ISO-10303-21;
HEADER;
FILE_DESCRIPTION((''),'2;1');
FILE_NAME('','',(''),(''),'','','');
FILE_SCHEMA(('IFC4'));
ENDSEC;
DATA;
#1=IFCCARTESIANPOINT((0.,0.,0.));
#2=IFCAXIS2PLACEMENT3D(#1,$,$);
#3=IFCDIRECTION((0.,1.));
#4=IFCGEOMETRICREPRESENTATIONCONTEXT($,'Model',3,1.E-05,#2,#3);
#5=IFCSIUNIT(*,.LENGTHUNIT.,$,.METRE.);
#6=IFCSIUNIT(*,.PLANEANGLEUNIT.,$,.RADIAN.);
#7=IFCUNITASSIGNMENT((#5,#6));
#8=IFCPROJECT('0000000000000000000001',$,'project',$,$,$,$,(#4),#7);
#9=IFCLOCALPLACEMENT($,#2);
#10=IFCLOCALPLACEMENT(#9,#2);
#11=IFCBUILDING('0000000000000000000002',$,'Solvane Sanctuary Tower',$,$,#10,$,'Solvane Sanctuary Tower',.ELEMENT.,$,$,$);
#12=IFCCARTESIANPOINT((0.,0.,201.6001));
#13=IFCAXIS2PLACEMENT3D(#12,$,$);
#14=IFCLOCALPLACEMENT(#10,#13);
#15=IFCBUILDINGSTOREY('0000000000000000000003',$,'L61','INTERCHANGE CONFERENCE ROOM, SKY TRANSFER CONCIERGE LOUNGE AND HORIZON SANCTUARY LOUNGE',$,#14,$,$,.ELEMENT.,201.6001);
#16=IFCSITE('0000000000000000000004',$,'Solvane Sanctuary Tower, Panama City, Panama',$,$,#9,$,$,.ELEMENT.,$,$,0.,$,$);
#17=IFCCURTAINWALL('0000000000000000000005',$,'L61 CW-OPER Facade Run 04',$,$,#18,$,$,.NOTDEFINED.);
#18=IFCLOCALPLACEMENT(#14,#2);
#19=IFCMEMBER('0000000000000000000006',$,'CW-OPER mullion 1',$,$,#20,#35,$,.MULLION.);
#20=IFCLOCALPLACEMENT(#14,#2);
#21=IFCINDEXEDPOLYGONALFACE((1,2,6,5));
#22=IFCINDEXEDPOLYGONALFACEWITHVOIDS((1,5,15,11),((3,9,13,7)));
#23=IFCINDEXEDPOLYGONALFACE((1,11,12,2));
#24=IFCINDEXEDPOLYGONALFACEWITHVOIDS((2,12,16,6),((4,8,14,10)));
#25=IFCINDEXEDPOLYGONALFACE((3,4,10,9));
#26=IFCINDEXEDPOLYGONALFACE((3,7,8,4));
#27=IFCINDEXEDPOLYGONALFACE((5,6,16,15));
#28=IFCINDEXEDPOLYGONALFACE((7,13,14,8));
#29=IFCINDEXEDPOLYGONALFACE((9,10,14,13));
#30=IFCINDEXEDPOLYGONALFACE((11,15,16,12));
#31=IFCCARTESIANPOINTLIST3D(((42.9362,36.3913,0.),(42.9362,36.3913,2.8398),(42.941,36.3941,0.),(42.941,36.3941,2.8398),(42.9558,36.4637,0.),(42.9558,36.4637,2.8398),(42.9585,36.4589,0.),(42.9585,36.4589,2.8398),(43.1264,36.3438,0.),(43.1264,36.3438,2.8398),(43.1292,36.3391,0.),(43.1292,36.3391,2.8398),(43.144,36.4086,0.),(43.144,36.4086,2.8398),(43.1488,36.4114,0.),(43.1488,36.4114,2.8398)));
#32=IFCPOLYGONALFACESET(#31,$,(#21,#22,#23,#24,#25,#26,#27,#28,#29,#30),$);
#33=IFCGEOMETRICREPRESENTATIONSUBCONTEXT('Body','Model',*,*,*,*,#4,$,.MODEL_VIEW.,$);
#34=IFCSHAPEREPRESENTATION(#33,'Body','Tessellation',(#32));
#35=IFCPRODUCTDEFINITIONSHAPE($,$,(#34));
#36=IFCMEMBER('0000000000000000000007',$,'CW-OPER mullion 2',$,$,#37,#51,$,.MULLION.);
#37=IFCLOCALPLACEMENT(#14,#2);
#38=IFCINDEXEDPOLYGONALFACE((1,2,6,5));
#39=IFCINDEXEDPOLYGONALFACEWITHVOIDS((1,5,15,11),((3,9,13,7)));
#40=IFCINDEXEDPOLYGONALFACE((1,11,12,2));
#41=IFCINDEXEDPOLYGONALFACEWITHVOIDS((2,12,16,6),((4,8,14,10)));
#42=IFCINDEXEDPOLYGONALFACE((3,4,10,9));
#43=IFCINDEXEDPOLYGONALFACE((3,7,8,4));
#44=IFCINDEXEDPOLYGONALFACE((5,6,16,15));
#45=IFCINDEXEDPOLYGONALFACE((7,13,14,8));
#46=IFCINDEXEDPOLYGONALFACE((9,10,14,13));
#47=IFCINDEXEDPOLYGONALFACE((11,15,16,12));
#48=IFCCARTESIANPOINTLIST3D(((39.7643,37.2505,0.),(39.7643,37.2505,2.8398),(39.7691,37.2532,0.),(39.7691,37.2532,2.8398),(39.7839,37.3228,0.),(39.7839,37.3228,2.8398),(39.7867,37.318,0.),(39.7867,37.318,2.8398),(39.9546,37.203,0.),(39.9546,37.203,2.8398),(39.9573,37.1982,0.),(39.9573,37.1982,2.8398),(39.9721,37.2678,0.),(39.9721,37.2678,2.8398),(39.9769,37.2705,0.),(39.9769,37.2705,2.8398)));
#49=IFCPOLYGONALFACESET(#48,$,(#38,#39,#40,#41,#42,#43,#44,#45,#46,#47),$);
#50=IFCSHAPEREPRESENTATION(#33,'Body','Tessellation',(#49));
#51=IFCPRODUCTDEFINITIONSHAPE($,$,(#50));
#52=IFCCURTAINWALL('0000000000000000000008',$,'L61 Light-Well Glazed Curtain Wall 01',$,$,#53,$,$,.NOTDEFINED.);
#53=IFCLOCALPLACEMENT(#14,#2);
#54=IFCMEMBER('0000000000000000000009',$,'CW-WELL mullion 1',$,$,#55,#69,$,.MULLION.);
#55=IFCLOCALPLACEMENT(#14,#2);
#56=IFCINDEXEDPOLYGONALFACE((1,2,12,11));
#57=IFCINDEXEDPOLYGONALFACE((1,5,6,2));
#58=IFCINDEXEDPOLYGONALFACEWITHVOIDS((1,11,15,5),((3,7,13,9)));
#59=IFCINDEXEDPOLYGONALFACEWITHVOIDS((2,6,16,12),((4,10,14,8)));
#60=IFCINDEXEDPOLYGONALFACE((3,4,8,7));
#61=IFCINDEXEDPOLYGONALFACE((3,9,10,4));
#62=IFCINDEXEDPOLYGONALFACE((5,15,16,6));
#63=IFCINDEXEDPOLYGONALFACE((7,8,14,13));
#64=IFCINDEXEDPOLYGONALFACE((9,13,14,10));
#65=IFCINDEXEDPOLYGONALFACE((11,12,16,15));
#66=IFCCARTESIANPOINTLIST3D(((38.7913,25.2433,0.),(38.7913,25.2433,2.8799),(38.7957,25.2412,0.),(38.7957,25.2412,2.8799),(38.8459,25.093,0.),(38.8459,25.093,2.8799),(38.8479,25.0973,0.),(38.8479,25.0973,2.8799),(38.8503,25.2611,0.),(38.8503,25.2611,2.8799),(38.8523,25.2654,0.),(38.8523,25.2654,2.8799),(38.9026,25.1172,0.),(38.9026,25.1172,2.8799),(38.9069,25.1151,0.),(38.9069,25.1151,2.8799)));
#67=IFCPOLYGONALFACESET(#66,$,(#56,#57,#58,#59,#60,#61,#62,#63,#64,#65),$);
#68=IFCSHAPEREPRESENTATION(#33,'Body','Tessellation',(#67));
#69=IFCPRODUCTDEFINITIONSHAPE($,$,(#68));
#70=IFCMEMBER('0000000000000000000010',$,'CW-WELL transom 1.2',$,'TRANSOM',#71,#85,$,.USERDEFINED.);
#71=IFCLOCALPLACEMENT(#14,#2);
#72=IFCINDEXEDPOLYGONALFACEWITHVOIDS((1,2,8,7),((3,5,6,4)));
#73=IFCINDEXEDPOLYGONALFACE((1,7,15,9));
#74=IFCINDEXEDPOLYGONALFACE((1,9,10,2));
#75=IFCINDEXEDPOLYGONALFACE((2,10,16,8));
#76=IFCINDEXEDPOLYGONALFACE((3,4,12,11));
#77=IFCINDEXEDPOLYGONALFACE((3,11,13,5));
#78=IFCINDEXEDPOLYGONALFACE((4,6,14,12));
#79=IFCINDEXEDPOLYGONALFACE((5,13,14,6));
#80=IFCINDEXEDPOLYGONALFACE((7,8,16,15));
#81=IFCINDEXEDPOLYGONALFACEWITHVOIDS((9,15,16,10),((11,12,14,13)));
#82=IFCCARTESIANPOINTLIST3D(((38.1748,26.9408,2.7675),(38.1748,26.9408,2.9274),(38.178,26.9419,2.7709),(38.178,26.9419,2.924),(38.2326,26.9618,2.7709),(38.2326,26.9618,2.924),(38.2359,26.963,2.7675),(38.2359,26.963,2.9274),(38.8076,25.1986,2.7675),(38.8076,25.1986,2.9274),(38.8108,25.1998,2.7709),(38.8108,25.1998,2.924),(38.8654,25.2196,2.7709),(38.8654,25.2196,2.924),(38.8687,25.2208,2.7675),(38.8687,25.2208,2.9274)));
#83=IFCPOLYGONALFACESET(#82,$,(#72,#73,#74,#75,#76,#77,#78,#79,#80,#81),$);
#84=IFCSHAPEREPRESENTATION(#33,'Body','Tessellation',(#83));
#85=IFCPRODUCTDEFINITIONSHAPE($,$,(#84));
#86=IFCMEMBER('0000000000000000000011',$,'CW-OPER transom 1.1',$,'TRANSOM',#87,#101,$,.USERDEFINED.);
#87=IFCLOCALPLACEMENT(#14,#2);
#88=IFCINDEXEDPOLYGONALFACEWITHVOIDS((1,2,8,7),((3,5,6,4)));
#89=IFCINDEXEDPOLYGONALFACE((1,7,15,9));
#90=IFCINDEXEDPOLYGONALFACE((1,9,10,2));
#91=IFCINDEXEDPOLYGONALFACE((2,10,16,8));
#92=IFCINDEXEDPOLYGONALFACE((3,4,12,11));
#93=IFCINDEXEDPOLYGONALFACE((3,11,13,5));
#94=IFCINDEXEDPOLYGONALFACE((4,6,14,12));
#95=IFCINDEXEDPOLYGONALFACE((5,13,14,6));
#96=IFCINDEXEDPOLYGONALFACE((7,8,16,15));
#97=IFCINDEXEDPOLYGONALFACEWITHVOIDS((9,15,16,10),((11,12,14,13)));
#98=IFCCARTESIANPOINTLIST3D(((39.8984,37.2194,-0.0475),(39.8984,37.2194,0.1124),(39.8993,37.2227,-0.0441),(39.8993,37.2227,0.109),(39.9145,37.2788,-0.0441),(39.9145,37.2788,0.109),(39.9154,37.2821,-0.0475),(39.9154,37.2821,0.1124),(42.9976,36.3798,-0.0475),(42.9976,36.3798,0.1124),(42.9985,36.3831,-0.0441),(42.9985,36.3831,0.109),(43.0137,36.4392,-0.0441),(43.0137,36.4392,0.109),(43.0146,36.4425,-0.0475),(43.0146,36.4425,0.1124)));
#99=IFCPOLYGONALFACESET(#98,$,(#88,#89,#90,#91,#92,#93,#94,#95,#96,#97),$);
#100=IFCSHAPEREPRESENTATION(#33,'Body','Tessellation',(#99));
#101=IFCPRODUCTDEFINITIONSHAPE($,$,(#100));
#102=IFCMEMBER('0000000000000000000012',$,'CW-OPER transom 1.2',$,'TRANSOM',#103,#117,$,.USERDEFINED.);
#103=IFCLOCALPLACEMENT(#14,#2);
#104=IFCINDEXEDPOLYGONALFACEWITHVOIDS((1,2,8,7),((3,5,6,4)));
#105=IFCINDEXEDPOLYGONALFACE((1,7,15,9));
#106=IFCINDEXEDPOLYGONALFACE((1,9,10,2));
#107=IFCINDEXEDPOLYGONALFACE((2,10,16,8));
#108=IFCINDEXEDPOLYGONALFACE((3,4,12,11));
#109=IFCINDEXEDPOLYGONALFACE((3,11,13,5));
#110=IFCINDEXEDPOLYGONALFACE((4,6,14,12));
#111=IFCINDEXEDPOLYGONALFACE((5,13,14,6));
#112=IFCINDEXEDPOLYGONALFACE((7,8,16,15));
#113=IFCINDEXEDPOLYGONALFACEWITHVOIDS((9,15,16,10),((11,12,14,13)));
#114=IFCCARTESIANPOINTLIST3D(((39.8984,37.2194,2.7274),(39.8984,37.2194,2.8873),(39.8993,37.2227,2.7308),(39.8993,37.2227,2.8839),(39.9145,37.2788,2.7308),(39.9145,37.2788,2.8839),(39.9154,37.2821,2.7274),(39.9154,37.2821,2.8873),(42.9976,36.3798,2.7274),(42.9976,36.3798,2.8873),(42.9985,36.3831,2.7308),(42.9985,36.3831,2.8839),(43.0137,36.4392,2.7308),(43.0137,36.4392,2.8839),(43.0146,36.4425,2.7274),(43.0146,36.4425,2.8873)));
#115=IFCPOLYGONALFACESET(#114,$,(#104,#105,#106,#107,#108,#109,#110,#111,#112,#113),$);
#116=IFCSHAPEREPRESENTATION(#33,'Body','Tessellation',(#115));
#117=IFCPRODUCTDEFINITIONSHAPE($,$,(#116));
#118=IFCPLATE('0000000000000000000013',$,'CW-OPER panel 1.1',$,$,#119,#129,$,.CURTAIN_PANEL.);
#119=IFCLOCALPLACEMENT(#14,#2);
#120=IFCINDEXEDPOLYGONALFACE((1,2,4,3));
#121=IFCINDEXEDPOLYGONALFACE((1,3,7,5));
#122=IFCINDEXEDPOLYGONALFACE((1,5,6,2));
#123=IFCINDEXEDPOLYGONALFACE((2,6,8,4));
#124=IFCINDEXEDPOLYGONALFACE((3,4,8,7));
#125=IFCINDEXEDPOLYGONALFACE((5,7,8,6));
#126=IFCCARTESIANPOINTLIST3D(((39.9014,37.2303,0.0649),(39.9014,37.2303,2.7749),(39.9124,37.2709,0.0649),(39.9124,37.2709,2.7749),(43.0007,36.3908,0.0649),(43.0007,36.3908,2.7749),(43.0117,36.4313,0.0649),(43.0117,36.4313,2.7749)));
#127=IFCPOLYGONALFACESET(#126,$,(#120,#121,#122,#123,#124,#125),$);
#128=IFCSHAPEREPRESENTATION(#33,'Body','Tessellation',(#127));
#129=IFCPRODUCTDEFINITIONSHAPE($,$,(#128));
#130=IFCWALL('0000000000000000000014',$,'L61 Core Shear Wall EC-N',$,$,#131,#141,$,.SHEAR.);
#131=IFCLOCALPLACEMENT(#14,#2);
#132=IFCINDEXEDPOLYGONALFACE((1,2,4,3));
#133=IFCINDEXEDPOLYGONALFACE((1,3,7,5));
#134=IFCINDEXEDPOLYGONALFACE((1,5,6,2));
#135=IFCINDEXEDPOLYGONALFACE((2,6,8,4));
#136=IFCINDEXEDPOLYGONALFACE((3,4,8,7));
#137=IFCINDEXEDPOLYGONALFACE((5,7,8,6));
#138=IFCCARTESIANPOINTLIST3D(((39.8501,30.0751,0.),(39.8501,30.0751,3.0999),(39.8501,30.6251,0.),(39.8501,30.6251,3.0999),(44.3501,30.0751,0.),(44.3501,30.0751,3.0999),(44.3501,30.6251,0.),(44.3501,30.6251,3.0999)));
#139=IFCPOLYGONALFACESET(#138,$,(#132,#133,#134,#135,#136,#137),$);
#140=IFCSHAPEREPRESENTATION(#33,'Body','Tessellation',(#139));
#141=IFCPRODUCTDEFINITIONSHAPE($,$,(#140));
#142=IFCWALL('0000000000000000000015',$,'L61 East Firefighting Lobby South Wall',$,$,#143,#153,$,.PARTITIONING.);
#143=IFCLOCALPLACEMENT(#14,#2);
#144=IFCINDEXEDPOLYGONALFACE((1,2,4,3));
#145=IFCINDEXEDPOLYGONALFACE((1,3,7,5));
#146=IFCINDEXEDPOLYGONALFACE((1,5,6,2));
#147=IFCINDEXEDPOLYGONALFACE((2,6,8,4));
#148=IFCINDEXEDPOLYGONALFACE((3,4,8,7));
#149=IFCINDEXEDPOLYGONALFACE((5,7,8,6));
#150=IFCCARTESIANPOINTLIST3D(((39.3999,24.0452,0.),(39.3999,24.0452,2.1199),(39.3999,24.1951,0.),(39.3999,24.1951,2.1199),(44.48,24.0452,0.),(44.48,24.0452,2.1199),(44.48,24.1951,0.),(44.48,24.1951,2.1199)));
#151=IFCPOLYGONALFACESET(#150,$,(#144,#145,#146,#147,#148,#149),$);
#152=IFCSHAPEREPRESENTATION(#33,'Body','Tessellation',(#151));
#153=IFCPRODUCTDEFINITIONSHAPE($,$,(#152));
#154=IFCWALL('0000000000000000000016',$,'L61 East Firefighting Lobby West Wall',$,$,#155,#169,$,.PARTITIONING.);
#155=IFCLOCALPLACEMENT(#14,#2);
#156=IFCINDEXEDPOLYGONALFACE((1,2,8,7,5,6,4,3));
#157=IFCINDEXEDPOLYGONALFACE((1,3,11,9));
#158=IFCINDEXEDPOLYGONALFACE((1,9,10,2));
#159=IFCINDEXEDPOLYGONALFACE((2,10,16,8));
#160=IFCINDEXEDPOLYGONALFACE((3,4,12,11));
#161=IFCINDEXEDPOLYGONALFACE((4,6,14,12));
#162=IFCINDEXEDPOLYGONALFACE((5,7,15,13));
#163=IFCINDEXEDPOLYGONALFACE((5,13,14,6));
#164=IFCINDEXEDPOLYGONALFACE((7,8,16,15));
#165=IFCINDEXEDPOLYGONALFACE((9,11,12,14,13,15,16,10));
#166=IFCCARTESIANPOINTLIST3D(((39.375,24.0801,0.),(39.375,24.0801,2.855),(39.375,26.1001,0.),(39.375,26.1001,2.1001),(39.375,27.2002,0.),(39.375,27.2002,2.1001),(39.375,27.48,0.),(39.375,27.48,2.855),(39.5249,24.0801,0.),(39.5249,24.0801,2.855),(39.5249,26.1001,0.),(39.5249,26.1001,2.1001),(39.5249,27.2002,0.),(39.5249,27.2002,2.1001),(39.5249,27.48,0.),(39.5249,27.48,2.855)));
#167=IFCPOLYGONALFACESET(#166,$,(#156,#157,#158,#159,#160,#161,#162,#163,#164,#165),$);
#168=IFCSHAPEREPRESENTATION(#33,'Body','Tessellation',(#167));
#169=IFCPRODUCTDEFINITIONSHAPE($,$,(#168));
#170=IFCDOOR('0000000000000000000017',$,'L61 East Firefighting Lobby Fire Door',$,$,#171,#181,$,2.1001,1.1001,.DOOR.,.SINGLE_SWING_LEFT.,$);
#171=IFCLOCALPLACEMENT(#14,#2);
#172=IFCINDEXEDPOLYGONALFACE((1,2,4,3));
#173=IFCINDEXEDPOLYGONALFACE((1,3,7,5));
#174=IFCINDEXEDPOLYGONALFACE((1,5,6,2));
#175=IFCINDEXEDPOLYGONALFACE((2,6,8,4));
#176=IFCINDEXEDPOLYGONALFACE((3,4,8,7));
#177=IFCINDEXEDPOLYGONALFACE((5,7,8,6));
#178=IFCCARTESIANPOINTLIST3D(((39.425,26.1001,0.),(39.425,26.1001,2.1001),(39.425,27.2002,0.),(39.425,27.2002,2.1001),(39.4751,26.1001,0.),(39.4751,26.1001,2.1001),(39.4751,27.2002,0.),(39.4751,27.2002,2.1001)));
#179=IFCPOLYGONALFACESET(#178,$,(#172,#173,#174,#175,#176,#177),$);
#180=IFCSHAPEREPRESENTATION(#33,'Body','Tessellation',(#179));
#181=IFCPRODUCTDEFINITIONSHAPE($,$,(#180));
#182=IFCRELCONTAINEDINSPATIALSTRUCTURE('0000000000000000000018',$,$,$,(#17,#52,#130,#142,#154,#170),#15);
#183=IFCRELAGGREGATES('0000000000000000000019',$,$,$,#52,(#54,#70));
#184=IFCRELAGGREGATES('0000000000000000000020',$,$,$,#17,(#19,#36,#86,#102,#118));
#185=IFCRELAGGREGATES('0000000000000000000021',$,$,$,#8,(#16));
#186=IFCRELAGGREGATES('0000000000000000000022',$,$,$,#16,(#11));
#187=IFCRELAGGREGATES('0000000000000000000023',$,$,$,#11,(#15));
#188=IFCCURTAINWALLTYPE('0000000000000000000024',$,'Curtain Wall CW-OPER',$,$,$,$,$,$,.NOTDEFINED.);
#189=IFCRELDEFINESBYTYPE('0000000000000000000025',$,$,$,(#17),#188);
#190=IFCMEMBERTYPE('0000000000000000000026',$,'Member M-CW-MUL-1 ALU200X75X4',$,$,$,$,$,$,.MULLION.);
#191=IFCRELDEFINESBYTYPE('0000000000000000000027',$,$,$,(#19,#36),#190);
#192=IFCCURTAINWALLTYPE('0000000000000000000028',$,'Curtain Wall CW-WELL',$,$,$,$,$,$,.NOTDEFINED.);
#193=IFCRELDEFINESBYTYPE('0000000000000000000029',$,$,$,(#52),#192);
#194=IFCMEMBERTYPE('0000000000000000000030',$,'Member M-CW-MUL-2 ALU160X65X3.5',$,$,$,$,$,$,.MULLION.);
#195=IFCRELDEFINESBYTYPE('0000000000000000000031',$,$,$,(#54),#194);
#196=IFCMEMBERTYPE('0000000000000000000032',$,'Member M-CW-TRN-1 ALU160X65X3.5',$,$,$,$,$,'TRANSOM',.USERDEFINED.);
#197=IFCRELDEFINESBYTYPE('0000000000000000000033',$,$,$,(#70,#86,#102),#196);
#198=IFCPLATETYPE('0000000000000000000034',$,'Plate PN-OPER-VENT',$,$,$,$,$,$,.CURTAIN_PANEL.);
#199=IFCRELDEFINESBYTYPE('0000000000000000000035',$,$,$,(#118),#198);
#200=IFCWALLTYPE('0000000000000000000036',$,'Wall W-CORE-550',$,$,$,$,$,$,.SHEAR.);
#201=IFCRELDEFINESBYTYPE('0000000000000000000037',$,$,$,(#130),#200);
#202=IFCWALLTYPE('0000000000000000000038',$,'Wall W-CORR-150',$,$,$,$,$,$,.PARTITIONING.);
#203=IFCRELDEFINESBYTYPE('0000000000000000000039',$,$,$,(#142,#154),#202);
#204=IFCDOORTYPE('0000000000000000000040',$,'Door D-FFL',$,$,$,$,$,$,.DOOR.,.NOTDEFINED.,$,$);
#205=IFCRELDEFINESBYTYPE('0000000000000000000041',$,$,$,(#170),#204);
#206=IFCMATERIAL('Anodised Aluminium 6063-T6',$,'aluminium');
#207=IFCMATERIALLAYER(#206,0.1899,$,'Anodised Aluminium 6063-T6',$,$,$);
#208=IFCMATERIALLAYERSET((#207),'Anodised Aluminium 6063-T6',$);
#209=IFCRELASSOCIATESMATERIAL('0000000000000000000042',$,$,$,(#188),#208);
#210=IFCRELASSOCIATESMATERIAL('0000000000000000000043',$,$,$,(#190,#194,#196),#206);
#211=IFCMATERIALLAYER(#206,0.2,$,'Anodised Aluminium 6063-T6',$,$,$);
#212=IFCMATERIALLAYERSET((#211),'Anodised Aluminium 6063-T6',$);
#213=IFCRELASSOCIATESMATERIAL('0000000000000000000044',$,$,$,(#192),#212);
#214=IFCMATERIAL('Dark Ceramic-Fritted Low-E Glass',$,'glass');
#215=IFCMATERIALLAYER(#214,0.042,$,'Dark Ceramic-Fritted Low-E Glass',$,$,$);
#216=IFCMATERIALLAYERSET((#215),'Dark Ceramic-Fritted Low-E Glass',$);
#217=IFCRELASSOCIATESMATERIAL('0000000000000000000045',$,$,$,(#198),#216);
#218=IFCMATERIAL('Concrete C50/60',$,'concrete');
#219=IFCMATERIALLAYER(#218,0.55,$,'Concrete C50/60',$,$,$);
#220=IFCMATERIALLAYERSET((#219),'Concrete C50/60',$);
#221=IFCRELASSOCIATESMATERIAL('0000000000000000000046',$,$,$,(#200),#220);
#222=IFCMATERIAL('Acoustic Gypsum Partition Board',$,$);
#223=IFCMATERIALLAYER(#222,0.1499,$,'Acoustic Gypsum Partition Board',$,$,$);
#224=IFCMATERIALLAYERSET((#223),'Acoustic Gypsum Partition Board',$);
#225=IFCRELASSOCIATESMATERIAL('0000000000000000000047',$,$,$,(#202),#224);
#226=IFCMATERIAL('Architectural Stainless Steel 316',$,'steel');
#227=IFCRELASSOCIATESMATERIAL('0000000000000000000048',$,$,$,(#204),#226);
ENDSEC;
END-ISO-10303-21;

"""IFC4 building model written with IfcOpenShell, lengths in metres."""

from ifc_helpers import new_model, si_unit, direction, frame, frame_2d, origin, origin_2d, place, context, subcontext, project, spatial, rectangle, hollow_rectangle, extrude, material, layer, layer_set, material_profile, profile_set, type_object, element, fill, aggregate, save


model = new_model("IFC4")

# Units and contexts
model_context = context("Model", 3, precision=1e-05, world=origin(), true_north=direction((0.0, 1.0)))
body_context = subcontext(model_context, "Body", "Model", "MODEL_VIEW")
ifc_project = project(units=[si_unit("LENGTHUNIT", "METRE"), si_unit("PLANEANGLEUNIT", "RADIAN")], contexts=[model_context])

# Site, building, storey
site_placement = place(None, origin())
site = spatial("IfcSite", under=ifc_project, at=site_placement, Name="Solvane Sanctuary Tower, Panama City, Panama", CompositionType="ELEMENT", RefElevation=0.0)
building_placement = place(site_placement, origin())
building = spatial("IfcBuilding", under=site, at=building_placement, Name="Solvane Sanctuary Tower", LongName="Solvane Sanctuary Tower", CompositionType="ELEMENT")
storey_placement = place(building_placement, frame((0.0, 0.0, 201.6001)))
storey = spatial("IfcBuildingStorey", under=building, at=storey_placement, Name="L61", Description="INTERCHANGE CONFERENCE ROOM, SKY TRANSFER CONCIERGE LOUNGE AND HORIZON SANCTUARY LOUNGE", CompositionType="ELEMENT", Elevation=201.6001)

# Shared definitions
ifc_material_1 = material(Name="Concrete C50/60", Category="concrete")

# Curtain walls, members
ifc_material_2 = material(Name="Anodised Aluminium 6063-T6", Category="aluminium")
ifc_layer_1 = layer(ifc_material_2, 0.1899, Name="Anodised Aluminium 6063-T6")
ifc_layer_set_1 = layer_set([ifc_layer_1], Name="Anodised Aluminium 6063-T6")
curtain_wall_type_1 = type_object("IfcCurtainWallType", Name="Curtain Wall CW-OPER", PredefinedType="NOTDEFINED", material=ifc_layer_set_1)
curtain_wall_1_placement = place(storey_placement, origin())
curtain_wall_1 = element("IfcCurtainWall", 1, at=curtain_wall_1_placement, inside=storey, type_object=curtain_wall_type_1, Name="L61 CW-OPER Facade Run 04", PredefinedType="NOTDEFINED")
ifc_material_profile_1 = material_profile(ifc_material_2, hollow_rectangle(XDim=0.075, YDim=0.2, WallThickness=0.0039, at=origin_2d()), Name="ALU200X75X4")
ifc_profile_set_1 = profile_set([ifc_material_profile_1], Name="Anodised Aluminium 6063-T6")
member_type_1 = type_object("IfcMemberType", Name="Member M-CW-MUL-1 ALU200X75X4", PredefinedType="MULLION", material=ifc_profile_set_1)
member_1_placement = place(storey_placement, frame((43.0425, 36.4014, 0.0), z_axis=(0.0, 0.0, 1.0), x_axis=(-0.261468, -0.965212, 0.0)))
member_1 = element("IfcMember", 2, at=member_1_placement, type_object=member_type_1, Name="CW-OPER mullion 1", PredefinedType="MULLION", context=body_context, shape_type="SweptSolid", body=[
    extrude(hollow_rectangle(XDim=0.075, YDim=0.2, WallThickness=0.0039, at=origin_2d()), origin(), (0.0, 0.0, 1.0), 2.8398),
])
member_2_placement = place(storey_placement, frame((39.8706, 37.2605, 0.0), z_axis=(0.0, 0.0, 1.0), x_axis=(-0.261468, -0.965212, 0.0)))
member_2 = element("IfcMember", 3, at=member_2_placement, type_object=member_type_1, Name="CW-OPER mullion 2", PredefinedType="MULLION", context=body_context, shape_type="SweptSolid", body=[
    extrude(hollow_rectangle(XDim=0.075, YDim=0.2, WallThickness=0.0039, at=origin_2d()), origin(), (0.0, 0.0, 1.0), 2.8398),
])
ifc_layer_2 = layer(ifc_material_2, 0.2, Name="Anodised Aluminium 6063-T6")
ifc_layer_set_2 = layer_set([ifc_layer_2], Name="Anodised Aluminium 6063-T6")
curtain_wall_type_2 = type_object("IfcCurtainWallType", Name="Curtain Wall CW-WELL", PredefinedType="NOTDEFINED", material=ifc_layer_set_2)
curtain_wall_2_placement = place(storey_placement, origin())
curtain_wall_2 = element("IfcCurtainWall", 4, at=curtain_wall_2_placement, inside=storey, type_object=curtain_wall_type_2, Name="L61 Light-Well Glazed Curtain Wall 01", PredefinedType="NOTDEFINED")
ifc_material_profile_2 = material_profile(ifc_material_2, hollow_rectangle(XDim=0.0649, YDim=0.1599, WallThickness=0.0034, at=origin_2d()), Name="ALU160X65X3.5")
ifc_profile_set_2 = profile_set([ifc_material_profile_2], Name="Anodised Aluminium 6063-T6")
member_type_2 = type_object("IfcMemberType", Name="Member M-CW-MUL-2 ALU160X65X3.5", PredefinedType="MULLION", material=ifc_profile_set_2)
member_3_placement = place(storey_placement, frame((38.8491, 25.1792, 0.0), z_axis=(0.0, 0.0, 1.0), x_axis=(-0.939933, -0.341358, 0.0)))
member_3 = element("IfcMember", 5, at=member_3_placement, type_object=member_type_2, Name="CW-WELL mullion 1", PredefinedType="MULLION", context=body_context, shape_type="SweptSolid", body=[
    extrude(hollow_rectangle(XDim=0.0649, YDim=0.1599, WallThickness=0.0034, at=origin_2d()), origin(), (0.0, 0.0, 1.0), 2.8799),
])
ifc_material_profile_3 = material_profile(ifc_material_2, hollow_rectangle(XDim=0.0649, YDim=0.1599, WallThickness=0.0034, at=origin_2d()), Name="ALU160X65X3.5")
ifc_profile_set_3 = profile_set([ifc_material_profile_3], Name="Anodised Aluminium 6063-T6")
member_type_3 = type_object("IfcMemberType", Name="Member M-CW-TRN-1 ALU160X65X3.5", ElementType="TRANSOM", PredefinedType="USERDEFINED", material=ifc_profile_set_3)
member_4_placement = place(storey_placement, frame((38.8381, 25.2097, 2.8474), z_axis=(-0.341405, 0.939916, 0.0), x_axis=(-0.939916, -0.341405, 0.0)))
member_4 = element("IfcMember", 6, at=member_4_placement, type_object=member_type_3, Name="CW-WELL transom 1.2", ObjectType="TRANSOM", PredefinedType="USERDEFINED", context=body_context, shape_type="SweptSolid", body=[
    extrude(hollow_rectangle(XDim=0.0649, YDim=0.1599, WallThickness=0.0034, at=origin_2d()), origin(), (0.0, 0.0, 1.0), 1.8535),
])
aggregate(curtain_wall_2, [member_3, member_4])

# Members
member_5_placement = place(storey_placement, frame((43.0061, 36.4111, 0.0325), z_axis=(-0.965206, 0.261489, 0.0), x_axis=(-0.261489, -0.965206, 0.0)))
member_5 = element("IfcMember", 7, at=member_5_placement, type_object=member_type_3, Name="CW-OPER transom 1.1", ObjectType="TRANSOM", PredefinedType="USERDEFINED", context=body_context, shape_type="SweptSolid", body=[
    extrude(hollow_rectangle(XDim=0.0649, YDim=0.1599, WallThickness=0.0034, at=origin_2d()), origin(), (0.0, 0.0, 1.0), 3.2109),
])
member_6_placement = place(storey_placement, frame((43.0061, 36.4111, 2.8074), z_axis=(-0.965206, 0.261489, 0.0), x_axis=(-0.261489, -0.965206, 0.0)))
member_6 = element("IfcMember", 8, at=member_6_placement, type_object=member_type_3, Name="CW-OPER transom 1.2", ObjectType="TRANSOM", PredefinedType="USERDEFINED", context=body_context, shape_type="SweptSolid", body=[
    extrude(hollow_rectangle(XDim=0.0649, YDim=0.1599, WallThickness=0.0034, at=origin_2d()), origin(), (0.0, 0.0, 1.0), 3.2109),
])

# Plate
ifc_material_3 = material(Name="Dark Ceramic-Fritted Low-E Glass", Category="glass")
ifc_layer_3 = layer(ifc_material_3, 0.042, Name="Dark Ceramic-Fritted Low-E Glass")
ifc_layer_set_3 = layer_set([ifc_layer_3], Name="Dark Ceramic-Fritted Low-E Glass")
plate_type = type_object("IfcPlateType", Name="Plate PN-OPER-VENT", PredefinedType="CURTAIN_PANEL", material=ifc_layer_set_3)
plate_placement = place(storey_placement, frame((41.4565, 36.8308, 0.0649), z_axis=(0.0, 0.0, 1.0), x_axis=(-0.965212, 0.261468, 0.0)))
plate = element("IfcPlate", 9, at=plate_placement, type_object=plate_type, Name="CW-OPER panel 1.1", PredefinedType="CURTAIN_PANEL", context=body_context, shape_type="SweptSolid", body=[
    extrude(rectangle(XDim=3.2109, YDim=0.042, at=origin_2d()), origin(), (0.0, 0.0, 1.0), 2.71),
])
aggregate(curtain_wall_1, [member_1, member_2, member_5, member_6, plate])

# Walls
ifc_layer_4 = layer(ifc_material_1, 0.55, Name="Concrete C50/60")
ifc_layer_set_4 = layer_set([ifc_layer_4], Name="Concrete C50/60")
wall_type_1 = type_object("IfcWallType", Name="Wall W-CORE-550", PredefinedType="SHEAR", material=ifc_layer_set_4)
wall_1_placement = place(storey_placement, frame((39.8501, 30.3501, 0.0), z_axis=(0.0, 0.0, 1.0), x_axis=(1.0, 0.0, 0.0)))
element("IfcWall", 10, at=wall_1_placement, inside=storey, type_object=wall_type_1, Name="L61 Core Shear Wall EC-N", PredefinedType="SHEAR", context=body_context, shape_type="SweptSolid", body=[
    extrude(rectangle(XDim=4.5, YDim=0.55, at=frame_2d((2.25, 0.0))), origin(), (0.0, 0.0, 1.0), 3.0999),
])
ifc_material_4 = material(Name="Acoustic Gypsum Partition Board")
ifc_layer_5 = layer(ifc_material_4, 0.1499, Name="Acoustic Gypsum Partition Board")
ifc_layer_set_5 = layer_set([ifc_layer_5], Name="Acoustic Gypsum Partition Board")
wall_type_2 = type_object("IfcWallType", Name="Wall W-CORR-150", PredefinedType="PARTITIONING", material=ifc_layer_set_5)
wall_2_placement = place(storey_placement, frame((39.3999, 24.1201, 0.0), z_axis=(0.0, 0.0, 1.0), x_axis=(1.0, 0.0, 0.0)))
element("IfcWall", 11, at=wall_2_placement, inside=storey, type_object=wall_type_2, Name="L61 East Firefighting Lobby South Wall", PredefinedType="PARTITIONING", context=body_context, shape_type="SweptSolid", body=[
    extrude(rectangle(XDim=5.0801, YDim=0.1499, at=frame_2d((2.54, 0.0))), origin(), (0.0, 0.0, 1.0), 2.1199),
])

# Wall, opening, door
wall_3_placement = place(storey_placement, frame((39.45, 24.0801, 0.0), z_axis=(0.0, 0.0, 1.0), x_axis=(0.0, 1.0, 0.0)))
wall_3 = element("IfcWall", 12, at=wall_3_placement, inside=storey, type_object=wall_type_2, Name="L61 East Firefighting Lobby West Wall", PredefinedType="PARTITIONING", context=body_context, shape_type="SweptSolid", body=[
    extrude(rectangle(XDim=3.3999, YDim=0.1499, at=frame_2d((1.7, 0.0))), origin(), (0.0, 0.0, 1.0), 2.855),
])
opening_1_placement = place(wall_3_placement, frame((2.02, 0.0, 0.0)))
opening_1 = element("IfcOpeningElement", 13, at=opening_1_placement, cuts=wall_3, PredefinedType="OPENING", context=body_context, shape_type="SweptSolid", body=[
    extrude(rectangle(XDim=1.1001, YDim=2.1001, at=frame_2d((0.55, 1.05))), frame((0.0, 0.085, 0.0), z_axis=(0.0, -1.0, 0.0), x_axis=(1.0, 0.0, 0.0)), (0.0, 0.0, 1.0), 0.1699),
])
ifc_material_5 = material(Name="Architectural Stainless Steel 316", Category="steel")
door_type_1 = type_object("IfcDoorType", Name="Door D-FFL", OperationType="NOTDEFINED", PredefinedType="DOOR", material=ifc_material_5)
door_1_placement = place(opening_1_placement, origin())
door_1 = element("IfcDoor", 14, at=door_1_placement, inside=storey, type_object=door_type_1, Name="L61 East Firefighting Lobby Fire Door", OperationType="SINGLE_SWING_LEFT", OverallHeight=2.1001, OverallWidth=1.1001, PredefinedType="DOOR", context=body_context, shape_type="SweptSolid", body=[
    extrude(rectangle(XDim=1.1001, YDim=2.1001, at=frame_2d((0.55, 1.05))), frame((0.0, 0.0249, 0.0), z_axis=(0.0, -1.0, 0.0), x_axis=(1.0, 0.0, 0.0)), (0.0, 0.0, 1.0), 0.05),
])
fill(opening_1, door_1)

save(model, "model.ifc")
